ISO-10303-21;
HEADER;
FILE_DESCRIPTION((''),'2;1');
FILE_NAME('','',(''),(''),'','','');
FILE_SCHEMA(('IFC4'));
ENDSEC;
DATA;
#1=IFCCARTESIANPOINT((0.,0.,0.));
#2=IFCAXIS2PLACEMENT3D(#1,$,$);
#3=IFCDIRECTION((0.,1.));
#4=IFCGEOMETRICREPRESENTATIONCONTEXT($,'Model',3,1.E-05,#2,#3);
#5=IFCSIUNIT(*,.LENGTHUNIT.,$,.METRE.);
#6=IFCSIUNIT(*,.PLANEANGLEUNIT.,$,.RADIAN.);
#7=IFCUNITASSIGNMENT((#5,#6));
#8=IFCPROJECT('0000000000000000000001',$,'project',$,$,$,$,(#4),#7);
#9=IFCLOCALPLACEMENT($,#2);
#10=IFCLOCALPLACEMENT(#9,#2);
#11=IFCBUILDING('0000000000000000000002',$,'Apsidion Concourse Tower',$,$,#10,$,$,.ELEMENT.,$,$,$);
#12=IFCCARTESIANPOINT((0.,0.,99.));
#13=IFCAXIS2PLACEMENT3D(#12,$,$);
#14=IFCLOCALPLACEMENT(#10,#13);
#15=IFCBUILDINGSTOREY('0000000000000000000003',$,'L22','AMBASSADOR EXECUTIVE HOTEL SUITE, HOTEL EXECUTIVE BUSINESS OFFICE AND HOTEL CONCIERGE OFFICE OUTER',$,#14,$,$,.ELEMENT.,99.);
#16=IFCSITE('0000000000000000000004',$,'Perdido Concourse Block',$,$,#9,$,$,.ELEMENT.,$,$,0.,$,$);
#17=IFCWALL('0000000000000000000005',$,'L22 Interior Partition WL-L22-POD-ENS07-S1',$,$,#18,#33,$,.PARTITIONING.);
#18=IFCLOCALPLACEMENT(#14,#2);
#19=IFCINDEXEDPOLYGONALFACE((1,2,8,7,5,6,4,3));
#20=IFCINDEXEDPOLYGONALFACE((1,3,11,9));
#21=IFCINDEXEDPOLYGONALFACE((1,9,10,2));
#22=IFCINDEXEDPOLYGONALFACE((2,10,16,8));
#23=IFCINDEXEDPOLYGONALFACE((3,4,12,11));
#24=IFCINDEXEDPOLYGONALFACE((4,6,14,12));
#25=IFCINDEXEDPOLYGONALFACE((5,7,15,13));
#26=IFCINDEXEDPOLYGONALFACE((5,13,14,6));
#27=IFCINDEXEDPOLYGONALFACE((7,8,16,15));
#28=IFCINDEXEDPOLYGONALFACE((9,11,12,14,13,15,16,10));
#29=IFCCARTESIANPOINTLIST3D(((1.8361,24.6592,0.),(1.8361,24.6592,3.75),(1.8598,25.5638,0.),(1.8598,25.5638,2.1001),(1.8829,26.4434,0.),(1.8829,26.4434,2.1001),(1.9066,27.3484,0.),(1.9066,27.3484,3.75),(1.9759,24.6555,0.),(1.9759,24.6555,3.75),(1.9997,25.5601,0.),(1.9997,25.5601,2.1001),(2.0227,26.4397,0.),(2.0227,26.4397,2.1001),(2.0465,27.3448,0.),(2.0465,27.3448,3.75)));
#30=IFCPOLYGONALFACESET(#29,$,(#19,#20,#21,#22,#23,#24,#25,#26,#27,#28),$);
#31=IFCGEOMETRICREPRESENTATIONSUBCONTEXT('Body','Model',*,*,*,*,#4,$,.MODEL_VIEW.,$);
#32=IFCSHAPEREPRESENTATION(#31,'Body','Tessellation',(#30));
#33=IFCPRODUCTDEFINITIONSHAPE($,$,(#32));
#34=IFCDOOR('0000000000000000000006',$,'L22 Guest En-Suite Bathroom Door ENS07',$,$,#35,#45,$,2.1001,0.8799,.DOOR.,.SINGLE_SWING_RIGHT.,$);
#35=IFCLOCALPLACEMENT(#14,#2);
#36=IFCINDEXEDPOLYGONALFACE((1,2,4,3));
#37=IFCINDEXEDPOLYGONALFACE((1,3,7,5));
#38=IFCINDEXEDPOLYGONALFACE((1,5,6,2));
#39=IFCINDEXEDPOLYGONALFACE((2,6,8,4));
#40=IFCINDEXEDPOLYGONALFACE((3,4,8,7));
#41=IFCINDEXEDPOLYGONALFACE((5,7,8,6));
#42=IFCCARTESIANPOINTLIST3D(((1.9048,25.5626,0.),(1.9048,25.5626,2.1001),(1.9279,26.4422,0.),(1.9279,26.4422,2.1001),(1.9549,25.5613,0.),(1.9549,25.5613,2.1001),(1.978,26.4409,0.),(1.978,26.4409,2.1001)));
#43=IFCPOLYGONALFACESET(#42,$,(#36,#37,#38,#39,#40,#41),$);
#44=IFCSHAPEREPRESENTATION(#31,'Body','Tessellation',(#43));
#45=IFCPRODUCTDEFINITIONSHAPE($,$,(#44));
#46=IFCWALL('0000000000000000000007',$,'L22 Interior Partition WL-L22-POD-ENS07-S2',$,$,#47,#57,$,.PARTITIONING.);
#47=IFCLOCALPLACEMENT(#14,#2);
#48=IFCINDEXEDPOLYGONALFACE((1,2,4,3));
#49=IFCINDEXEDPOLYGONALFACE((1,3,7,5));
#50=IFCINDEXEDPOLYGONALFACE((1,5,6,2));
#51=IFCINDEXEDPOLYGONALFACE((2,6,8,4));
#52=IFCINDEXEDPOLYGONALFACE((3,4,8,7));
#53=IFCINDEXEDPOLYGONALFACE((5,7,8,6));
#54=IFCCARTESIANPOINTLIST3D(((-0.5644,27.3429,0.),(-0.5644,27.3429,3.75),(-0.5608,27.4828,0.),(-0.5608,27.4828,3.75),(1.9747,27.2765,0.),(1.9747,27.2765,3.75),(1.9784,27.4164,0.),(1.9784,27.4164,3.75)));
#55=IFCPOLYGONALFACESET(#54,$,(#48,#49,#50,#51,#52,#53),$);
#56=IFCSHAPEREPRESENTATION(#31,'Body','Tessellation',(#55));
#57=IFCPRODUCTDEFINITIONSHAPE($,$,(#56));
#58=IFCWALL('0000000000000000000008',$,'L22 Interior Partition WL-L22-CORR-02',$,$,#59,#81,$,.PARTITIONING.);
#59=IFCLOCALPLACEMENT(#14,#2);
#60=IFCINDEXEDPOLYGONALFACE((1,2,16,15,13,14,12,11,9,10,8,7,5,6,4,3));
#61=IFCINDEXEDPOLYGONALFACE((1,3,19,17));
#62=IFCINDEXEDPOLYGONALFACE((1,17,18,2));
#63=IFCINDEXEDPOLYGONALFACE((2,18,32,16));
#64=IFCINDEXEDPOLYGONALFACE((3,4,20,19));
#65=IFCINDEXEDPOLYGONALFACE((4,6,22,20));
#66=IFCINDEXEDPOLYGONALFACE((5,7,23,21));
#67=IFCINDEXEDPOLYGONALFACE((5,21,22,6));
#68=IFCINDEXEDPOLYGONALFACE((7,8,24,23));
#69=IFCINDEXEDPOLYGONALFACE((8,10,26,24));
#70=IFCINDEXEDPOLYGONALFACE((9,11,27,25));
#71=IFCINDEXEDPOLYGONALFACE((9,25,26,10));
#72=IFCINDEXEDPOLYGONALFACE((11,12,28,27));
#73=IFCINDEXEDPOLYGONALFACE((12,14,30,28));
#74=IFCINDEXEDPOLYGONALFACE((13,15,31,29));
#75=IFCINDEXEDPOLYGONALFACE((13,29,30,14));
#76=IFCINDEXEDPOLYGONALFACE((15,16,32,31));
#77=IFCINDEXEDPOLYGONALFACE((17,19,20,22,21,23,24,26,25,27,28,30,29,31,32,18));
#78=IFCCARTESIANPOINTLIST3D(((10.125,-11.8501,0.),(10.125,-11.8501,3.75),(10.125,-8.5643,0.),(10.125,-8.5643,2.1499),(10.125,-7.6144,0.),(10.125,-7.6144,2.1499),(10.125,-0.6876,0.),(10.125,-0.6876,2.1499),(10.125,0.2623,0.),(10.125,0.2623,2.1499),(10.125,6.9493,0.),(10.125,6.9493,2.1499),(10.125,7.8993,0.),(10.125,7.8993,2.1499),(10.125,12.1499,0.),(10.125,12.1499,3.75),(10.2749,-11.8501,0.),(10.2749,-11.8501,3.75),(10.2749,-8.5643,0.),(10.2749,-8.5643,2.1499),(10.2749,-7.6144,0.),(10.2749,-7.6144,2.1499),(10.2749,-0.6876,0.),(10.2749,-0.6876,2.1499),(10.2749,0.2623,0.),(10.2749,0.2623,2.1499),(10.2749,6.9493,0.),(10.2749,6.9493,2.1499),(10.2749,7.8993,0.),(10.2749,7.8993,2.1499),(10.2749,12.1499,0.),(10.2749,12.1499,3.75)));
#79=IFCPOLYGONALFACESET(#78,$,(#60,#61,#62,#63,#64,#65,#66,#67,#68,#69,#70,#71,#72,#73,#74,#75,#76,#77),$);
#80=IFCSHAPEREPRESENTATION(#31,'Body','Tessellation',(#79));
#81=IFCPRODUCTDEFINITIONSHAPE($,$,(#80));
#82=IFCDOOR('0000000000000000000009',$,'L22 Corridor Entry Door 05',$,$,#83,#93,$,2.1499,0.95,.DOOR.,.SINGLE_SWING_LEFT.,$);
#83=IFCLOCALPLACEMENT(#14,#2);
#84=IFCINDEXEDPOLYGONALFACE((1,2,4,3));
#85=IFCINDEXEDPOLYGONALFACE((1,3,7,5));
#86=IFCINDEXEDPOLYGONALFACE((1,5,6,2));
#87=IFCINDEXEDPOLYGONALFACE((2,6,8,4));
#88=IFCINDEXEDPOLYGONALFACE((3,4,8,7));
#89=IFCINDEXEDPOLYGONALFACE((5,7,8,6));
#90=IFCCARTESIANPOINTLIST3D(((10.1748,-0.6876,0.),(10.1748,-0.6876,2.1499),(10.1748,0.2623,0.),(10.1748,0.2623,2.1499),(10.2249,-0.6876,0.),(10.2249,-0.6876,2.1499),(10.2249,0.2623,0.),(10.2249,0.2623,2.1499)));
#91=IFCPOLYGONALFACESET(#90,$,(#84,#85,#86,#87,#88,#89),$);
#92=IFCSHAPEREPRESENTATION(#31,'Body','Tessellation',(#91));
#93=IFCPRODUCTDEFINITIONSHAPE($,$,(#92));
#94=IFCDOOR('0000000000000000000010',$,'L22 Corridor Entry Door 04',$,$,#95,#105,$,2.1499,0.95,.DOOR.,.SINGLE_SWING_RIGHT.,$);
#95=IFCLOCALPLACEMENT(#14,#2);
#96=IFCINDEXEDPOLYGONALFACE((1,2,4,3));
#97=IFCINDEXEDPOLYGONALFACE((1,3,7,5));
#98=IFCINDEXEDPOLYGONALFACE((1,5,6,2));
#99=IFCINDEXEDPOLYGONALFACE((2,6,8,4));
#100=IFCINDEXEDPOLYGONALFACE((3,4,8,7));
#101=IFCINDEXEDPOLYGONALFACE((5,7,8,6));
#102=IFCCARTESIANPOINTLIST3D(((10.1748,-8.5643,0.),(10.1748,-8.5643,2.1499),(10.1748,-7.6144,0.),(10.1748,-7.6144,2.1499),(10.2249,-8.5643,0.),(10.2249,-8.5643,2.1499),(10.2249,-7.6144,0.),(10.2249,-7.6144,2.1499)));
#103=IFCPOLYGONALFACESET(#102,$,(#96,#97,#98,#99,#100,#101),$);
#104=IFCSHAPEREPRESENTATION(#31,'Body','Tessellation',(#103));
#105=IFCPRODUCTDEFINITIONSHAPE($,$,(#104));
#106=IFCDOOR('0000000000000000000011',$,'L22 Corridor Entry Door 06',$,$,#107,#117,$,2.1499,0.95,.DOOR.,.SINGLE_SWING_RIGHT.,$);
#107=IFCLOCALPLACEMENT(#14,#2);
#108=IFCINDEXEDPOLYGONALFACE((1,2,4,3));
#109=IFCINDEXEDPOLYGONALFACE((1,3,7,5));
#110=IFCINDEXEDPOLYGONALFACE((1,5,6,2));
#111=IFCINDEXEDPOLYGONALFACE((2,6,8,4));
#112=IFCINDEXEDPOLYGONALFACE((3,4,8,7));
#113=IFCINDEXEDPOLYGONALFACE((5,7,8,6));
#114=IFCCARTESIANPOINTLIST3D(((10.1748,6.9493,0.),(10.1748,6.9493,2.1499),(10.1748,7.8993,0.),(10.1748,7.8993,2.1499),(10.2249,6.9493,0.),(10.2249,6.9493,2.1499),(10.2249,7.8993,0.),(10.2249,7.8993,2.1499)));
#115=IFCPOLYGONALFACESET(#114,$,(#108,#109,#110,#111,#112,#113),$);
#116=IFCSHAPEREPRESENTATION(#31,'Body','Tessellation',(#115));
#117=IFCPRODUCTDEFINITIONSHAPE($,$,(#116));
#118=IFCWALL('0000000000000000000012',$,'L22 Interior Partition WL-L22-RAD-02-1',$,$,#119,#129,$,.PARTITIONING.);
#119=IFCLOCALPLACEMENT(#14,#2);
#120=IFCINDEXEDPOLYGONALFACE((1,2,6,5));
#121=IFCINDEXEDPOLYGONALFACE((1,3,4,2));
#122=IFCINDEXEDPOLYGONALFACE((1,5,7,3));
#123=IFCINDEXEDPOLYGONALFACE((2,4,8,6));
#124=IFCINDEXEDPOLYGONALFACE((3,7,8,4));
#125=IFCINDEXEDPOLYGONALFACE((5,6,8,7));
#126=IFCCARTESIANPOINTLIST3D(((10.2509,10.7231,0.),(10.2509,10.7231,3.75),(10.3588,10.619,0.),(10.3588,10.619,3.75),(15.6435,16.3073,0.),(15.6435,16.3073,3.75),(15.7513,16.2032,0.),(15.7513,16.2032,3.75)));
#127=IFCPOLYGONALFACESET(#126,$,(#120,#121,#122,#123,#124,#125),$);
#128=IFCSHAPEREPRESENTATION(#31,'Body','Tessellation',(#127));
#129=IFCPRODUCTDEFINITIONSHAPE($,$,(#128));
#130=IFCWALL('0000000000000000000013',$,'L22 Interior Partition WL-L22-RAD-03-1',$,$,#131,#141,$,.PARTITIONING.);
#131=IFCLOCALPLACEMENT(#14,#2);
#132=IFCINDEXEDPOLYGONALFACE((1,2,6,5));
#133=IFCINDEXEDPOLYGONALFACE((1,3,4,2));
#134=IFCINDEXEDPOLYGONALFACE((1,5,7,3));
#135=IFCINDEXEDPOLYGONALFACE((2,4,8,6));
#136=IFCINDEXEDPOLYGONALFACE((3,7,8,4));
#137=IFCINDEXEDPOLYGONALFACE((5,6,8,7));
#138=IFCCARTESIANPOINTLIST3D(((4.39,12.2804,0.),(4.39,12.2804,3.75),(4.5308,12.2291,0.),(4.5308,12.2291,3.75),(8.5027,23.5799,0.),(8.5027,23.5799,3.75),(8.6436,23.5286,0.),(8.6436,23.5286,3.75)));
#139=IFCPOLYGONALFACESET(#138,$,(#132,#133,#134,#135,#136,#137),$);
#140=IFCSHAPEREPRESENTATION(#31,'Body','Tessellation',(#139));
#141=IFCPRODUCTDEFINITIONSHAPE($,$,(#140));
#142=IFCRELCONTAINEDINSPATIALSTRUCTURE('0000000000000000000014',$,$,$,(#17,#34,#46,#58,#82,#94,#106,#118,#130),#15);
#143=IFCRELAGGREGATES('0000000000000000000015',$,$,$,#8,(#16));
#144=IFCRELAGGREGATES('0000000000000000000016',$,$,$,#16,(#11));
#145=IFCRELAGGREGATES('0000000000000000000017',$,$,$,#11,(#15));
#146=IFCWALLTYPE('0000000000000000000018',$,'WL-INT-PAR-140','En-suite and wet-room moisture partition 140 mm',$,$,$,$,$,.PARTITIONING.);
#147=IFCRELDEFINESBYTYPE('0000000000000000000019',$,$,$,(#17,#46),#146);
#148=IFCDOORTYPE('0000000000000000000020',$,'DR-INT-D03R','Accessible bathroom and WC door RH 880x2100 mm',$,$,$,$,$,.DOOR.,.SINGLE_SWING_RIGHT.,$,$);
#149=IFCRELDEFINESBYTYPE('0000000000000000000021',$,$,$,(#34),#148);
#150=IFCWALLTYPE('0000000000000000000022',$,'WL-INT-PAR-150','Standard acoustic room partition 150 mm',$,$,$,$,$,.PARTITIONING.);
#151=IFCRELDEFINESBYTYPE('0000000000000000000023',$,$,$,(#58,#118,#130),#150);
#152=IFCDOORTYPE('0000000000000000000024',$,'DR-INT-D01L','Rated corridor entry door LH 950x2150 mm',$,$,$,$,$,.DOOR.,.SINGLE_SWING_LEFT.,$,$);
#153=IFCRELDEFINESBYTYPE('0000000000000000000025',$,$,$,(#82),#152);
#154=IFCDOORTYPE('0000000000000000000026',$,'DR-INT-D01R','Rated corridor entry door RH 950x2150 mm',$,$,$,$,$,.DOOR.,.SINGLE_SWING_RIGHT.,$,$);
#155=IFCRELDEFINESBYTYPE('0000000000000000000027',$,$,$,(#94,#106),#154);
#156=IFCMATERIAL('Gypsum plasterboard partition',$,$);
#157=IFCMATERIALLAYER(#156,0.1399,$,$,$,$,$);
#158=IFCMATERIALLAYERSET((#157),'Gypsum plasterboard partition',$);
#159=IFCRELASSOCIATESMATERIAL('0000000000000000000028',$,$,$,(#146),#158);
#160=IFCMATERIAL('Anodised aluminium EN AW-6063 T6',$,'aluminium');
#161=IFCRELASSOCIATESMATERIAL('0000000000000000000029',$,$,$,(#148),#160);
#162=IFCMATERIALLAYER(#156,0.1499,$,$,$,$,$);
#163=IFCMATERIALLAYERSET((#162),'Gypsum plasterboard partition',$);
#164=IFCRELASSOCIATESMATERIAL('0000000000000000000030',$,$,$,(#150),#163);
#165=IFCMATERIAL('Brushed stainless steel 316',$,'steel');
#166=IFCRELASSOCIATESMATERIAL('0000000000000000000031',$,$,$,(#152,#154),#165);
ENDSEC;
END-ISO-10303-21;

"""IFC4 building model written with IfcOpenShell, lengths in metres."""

from ifc_helpers import new_model, si_unit, direction, frame, frame_2d, origin, place, context, subcontext, project, spatial, rectangle, extrude, material, layer, layer_set, type_object, element, fill, save


model = new_model("IFC4")

# Units and contexts
model_context = context("Model", 3, precision=1e-05, world=origin(), true_north=direction((0.0, 1.0)))
body_context = subcontext(model_context, "Body", "Model", "MODEL_VIEW")
ifc_project = project(units=[si_unit("LENGTHUNIT", "METRE"), si_unit("PLANEANGLEUNIT", "RADIAN")], contexts=[model_context])

# Site, building, storey
site_placement = place(None, origin())
site = spatial("IfcSite", under=ifc_project, at=site_placement, Name="Perdido Concourse Block", CompositionType="ELEMENT", RefElevation=0.0)
building_placement = place(site_placement, origin())
building = spatial("IfcBuilding", under=site, at=building_placement, Name="Apsidion Concourse Tower", CompositionType="ELEMENT")
storey_placement = place(building_placement, frame((0.0, 0.0, 99.0)))
storey = spatial("IfcBuildingStorey", under=building, at=storey_placement, Name="L22", Description="AMBASSADOR EXECUTIVE HOTEL SUITE, HOTEL EXECUTIVE BUSINESS OFFICE AND HOTEL CONCIERGE OFFICE OUTER", CompositionType="ELEMENT", Elevation=99.0)

# Shared definitions
ifc_material_1 = material(Name="Gypsum plasterboard partition")
ifc_layer_1 = layer(ifc_material_1, 0.1399)
ifc_layer_set_1 = layer_set([ifc_layer_1], Name="Gypsum plasterboard partition")
wall_type_1 = type_object("IfcWallType", Name="WL-INT-PAR-140", Description="En-suite and wet-room moisture partition 140 mm", PredefinedType="PARTITIONING", material=ifc_layer_set_1)
ifc_material_2 = material(Name="Anodised aluminium EN AW-6063 T6", Category="aluminium")

# Wall, opening, door
wall_1_placement = place(storey_placement, frame((1.906, 24.6572, 0.0), z_axis=(0.0, 0.0, 1.0), x_axis=(0.026228, 0.999656, 0.0)))
wall_1 = element("IfcWall", 1, at=wall_1_placement, inside=storey, type_object=wall_type_1, Name="L22 Interior Partition WL-L22-POD-ENS07-S1", PredefinedType="PARTITIONING", context=body_context, shape_type="SweptSolid", body=[
    extrude(rectangle(XDim=2.6902, YDim=0.1399, at=frame_2d((1.3452, 0.0))), origin(), (0.0, 0.0, 1.0), 3.75),
])
opening_1_placement = place(wall_1_placement, frame((0.905, 0.0, 0.0)))
opening_1 = element("IfcOpeningElement", 2, at=opening_1_placement, cuts=wall_1, PredefinedType="OPENING", context=body_context, shape_type="SweptSolid", body=[
    extrude(rectangle(XDim=0.8799, YDim=2.1001, at=frame_2d((0.4399, 1.05))), frame((0.0, 0.0801, 0.0), z_axis=(0.0, -1.0, 0.0), x_axis=(1.0, 0.0, 0.0)), (0.0, 0.0, 1.0), 0.1599),
])
door_type_1 = type_object("IfcDoorType", Name="DR-INT-D03R", Description="Accessible bathroom and WC door RH 880x2100 mm", OperationType="SINGLE_SWING_RIGHT", PredefinedType="DOOR", material=ifc_material_2)
door_1_placement = place(opening_1_placement, origin())
door_1 = element("IfcDoor", 3, at=door_1_placement, inside=storey, type_object=door_type_1, Name="L22 Guest En-Suite Bathroom Door ENS07", OperationType="SINGLE_SWING_RIGHT", OverallHeight=2.1001, OverallWidth=0.8799, PredefinedType="DOOR", context=body_context, shape_type="SweptSolid", body=[
    extrude(rectangle(XDim=0.8799, YDim=2.1001, at=frame_2d((0.4399, 1.05))), frame((0.0, 0.0249, 0.0), z_axis=(0.0, -1.0, 0.0), x_axis=(1.0, 0.0, 0.0)), (0.0, 0.0, 1.0), 0.05),
])
fill(opening_1, door_1)

# Wall
wall_2_placement = place(storey_placement, frame((1.9766, 27.3464, 0.0), z_axis=(0.0, 0.0, 1.0), x_axis=(-0.999658, 0.026145, 0.0)))
element("IfcWall", 4, at=wall_2_placement, inside=storey, type_object=wall_type_1, Name="L22 Interior Partition WL-L22-POD-ENS07-S2", PredefinedType="PARTITIONING", context=body_context, shape_type="SweptSolid", body=[
    extrude(rectangle(XDim=2.54, YDim=0.1399, at=frame_2d((1.27, 0.0))), origin(), (0.0, 0.0, 1.0), 3.75),
])

# Wall, openings, doors
ifc_layer_2 = layer(ifc_material_1, 0.1499)
ifc_layer_set_2 = layer_set([ifc_layer_2], Name="Gypsum plasterboard partition")
wall_type_2 = type_object("IfcWallType", Name="WL-INT-PAR-150", Description="Standard acoustic room partition 150 mm", PredefinedType="PARTITIONING", material=ifc_layer_set_2)
wall_3_placement = place(storey_placement, frame((10.2, 12.1499, 0.0), z_axis=(0.0, 0.0, 1.0), x_axis=(0.0, -1.0, 0.0)))
wall_3 = element("IfcWall", 5, at=wall_3_placement, inside=storey, type_object=wall_type_2, Name="L22 Interior Partition WL-L22-CORR-02", PredefinedType="PARTITIONING", context=body_context, shape_type="SweptSolid", body=[
    extrude(rectangle(XDim=24.0, YDim=0.1499, at=frame_2d((12.0, 0.0))), origin(), (0.0, 0.0, 1.0), 3.75),
])
opening_2_placement = place(wall_3_placement, frame((19.7642, 0.0, 0.0)))
opening_2 = element("IfcOpeningElement", 6, at=opening_2_placement, cuts=wall_3, PredefinedType="OPENING", context=body_context, shape_type="SweptSolid", body=[
    extrude(rectangle(XDim=0.95, YDim=2.1499, at=frame_2d((0.4751, 1.075))), frame((0.0, 0.085, 0.0), z_axis=(0.0, -1.0, 0.0), x_axis=(1.0, 0.0, 0.0)), (0.0, 0.0, 1.0), 0.1699),
])
opening_3_placement = place(wall_3_placement, frame((11.8875, 0.0, 0.0)))
opening_3 = element("IfcOpeningElement", 7, at=opening_3_placement, cuts=wall_3, PredefinedType="OPENING", context=body_context, shape_type="SweptSolid", body=[
    extrude(rectangle(XDim=0.95, YDim=2.1499, at=frame_2d((0.4751, 1.075))), frame((0.0, 0.085, 0.0), z_axis=(0.0, -1.0, 0.0), x_axis=(1.0, 0.0, 0.0)), (0.0, 0.0, 1.0), 0.1699),
])
opening_4_placement = place(wall_3_placement, frame((4.2505, 0.0, 0.0)))
opening_4 = element("IfcOpeningElement", 8, at=opening_4_placement, cuts=wall_3, PredefinedType="OPENING", context=body_context, shape_type="SweptSolid", body=[
    extrude(rectangle(XDim=0.95, YDim=2.1499, at=frame_2d((0.4751, 1.075))), frame((0.0, 0.085, 0.0), z_axis=(0.0, -1.0, 0.0), x_axis=(1.0, 0.0, 0.0)), (0.0, 0.0, 1.0), 0.1699),
])
ifc_material_3 = material(Name="Brushed stainless steel 316", Category="steel")
door_type_2 = type_object("IfcDoorType", Name="DR-INT-D01L", Description="Rated corridor entry door LH 950x2150 mm", OperationType="SINGLE_SWING_LEFT", PredefinedType="DOOR", material=ifc_material_3)
door_2_placement = place(opening_3_placement, origin())
door_2 = element("IfcDoor", 9, at=door_2_placement, inside=storey, type_object=door_type_2, Name="L22 Corridor Entry Door 05", OperationType="SINGLE_SWING_LEFT", OverallHeight=2.1499, OverallWidth=0.95, PredefinedType="DOOR", context=body_context, shape_type="SweptSolid", body=[
    extrude(rectangle(XDim=0.95, YDim=2.1499, at=frame_2d((0.4751, 1.075))), frame((0.0, 0.0249, 0.0), z_axis=(0.0, -1.0, 0.0), x_axis=(1.0, 0.0, 0.0)), (0.0, 0.0, 1.0), 0.05),
])
fill(opening_3, door_2)
door_type_3 = type_object("IfcDoorType", Name="DR-INT-D01R", Description="Rated corridor entry door RH 950x2150 mm", OperationType="SINGLE_SWING_RIGHT", PredefinedType="DOOR", material=ifc_material_3)
door_3_placement = place(opening_2_placement, origin())
door_3 = element("IfcDoor", 10, at=door_3_placement, inside=storey, type_object=door_type_3, Name="L22 Corridor Entry Door 04", OperationType="SINGLE_SWING_RIGHT", OverallHeight=2.1499, OverallWidth=0.95, PredefinedType="DOOR", context=body_context, shape_type="SweptSolid", body=[
    extrude(rectangle(XDim=0.95, YDim=2.1499, at=frame_2d((0.4751, 1.075))), frame((0.0, 0.0249, 0.0), z_axis=(0.0, -1.0, 0.0), x_axis=(1.0, 0.0, 0.0)), (0.0, 0.0, 1.0), 0.05),
])
fill(opening_2, door_3)
door_4_placement = place(opening_4_placement, origin())
door_4 = element("IfcDoor", 11, at=door_4_placement, inside=storey, type_object=door_type_3, Name="L22 Corridor Entry Door 06", OperationType="SINGLE_SWING_RIGHT", OverallHeight=2.1499, OverallWidth=0.95, PredefinedType="DOOR", context=body_context, shape_type="SweptSolid", body=[
    extrude(rectangle(XDim=0.95, YDim=2.1499, at=frame_2d((0.4751, 1.075))), frame((0.0, 0.0249, 0.0), z_axis=(0.0, -1.0, 0.0), x_axis=(1.0, 0.0, 0.0)), (0.0, 0.0, 1.0), 0.05),
])
fill(opening_4, door_4)

# Walls
wall_4_placement = place(storey_placement, frame((10.3049, 10.6711, 0.0), z_axis=(0.0, 0.0, 1.0), x_axis=(0.694655, 0.719343, 0.0)))
element("IfcWall", 12, at=wall_4_placement, inside=storey, type_object=wall_type_2, Name="L22 Interior Partition WL-L22-RAD-02-1", PredefinedType="PARTITIONING", context=body_context, shape_type="SweptSolid", body=[
    extrude(rectangle(XDim=7.7629, YDim=0.1499, at=frame_2d((3.8813, 0.0))), origin(), (0.0, 0.0, 1.0), 3.75),
])
wall_5_placement = place(storey_placement, frame((4.4604, 12.2549, 0.0), z_axis=(0.0, 0.0, 1.0), x_axis=(0.342027, 0.93969, 0.0)))
element("IfcWall", 13, at=wall_5_placement, inside=storey, type_object=wall_type_2, Name="L22 Interior Partition WL-L22-RAD-03-1", PredefinedType="PARTITIONING", context=body_context, shape_type="SweptSolid", body=[
    extrude(rectangle(XDim=12.0247, YDim=0.1499, at=frame_2d((6.0122, 0.0))), origin(), (0.0, 0.0, 1.0), 3.75),
])

save(model, "model.ifc")
